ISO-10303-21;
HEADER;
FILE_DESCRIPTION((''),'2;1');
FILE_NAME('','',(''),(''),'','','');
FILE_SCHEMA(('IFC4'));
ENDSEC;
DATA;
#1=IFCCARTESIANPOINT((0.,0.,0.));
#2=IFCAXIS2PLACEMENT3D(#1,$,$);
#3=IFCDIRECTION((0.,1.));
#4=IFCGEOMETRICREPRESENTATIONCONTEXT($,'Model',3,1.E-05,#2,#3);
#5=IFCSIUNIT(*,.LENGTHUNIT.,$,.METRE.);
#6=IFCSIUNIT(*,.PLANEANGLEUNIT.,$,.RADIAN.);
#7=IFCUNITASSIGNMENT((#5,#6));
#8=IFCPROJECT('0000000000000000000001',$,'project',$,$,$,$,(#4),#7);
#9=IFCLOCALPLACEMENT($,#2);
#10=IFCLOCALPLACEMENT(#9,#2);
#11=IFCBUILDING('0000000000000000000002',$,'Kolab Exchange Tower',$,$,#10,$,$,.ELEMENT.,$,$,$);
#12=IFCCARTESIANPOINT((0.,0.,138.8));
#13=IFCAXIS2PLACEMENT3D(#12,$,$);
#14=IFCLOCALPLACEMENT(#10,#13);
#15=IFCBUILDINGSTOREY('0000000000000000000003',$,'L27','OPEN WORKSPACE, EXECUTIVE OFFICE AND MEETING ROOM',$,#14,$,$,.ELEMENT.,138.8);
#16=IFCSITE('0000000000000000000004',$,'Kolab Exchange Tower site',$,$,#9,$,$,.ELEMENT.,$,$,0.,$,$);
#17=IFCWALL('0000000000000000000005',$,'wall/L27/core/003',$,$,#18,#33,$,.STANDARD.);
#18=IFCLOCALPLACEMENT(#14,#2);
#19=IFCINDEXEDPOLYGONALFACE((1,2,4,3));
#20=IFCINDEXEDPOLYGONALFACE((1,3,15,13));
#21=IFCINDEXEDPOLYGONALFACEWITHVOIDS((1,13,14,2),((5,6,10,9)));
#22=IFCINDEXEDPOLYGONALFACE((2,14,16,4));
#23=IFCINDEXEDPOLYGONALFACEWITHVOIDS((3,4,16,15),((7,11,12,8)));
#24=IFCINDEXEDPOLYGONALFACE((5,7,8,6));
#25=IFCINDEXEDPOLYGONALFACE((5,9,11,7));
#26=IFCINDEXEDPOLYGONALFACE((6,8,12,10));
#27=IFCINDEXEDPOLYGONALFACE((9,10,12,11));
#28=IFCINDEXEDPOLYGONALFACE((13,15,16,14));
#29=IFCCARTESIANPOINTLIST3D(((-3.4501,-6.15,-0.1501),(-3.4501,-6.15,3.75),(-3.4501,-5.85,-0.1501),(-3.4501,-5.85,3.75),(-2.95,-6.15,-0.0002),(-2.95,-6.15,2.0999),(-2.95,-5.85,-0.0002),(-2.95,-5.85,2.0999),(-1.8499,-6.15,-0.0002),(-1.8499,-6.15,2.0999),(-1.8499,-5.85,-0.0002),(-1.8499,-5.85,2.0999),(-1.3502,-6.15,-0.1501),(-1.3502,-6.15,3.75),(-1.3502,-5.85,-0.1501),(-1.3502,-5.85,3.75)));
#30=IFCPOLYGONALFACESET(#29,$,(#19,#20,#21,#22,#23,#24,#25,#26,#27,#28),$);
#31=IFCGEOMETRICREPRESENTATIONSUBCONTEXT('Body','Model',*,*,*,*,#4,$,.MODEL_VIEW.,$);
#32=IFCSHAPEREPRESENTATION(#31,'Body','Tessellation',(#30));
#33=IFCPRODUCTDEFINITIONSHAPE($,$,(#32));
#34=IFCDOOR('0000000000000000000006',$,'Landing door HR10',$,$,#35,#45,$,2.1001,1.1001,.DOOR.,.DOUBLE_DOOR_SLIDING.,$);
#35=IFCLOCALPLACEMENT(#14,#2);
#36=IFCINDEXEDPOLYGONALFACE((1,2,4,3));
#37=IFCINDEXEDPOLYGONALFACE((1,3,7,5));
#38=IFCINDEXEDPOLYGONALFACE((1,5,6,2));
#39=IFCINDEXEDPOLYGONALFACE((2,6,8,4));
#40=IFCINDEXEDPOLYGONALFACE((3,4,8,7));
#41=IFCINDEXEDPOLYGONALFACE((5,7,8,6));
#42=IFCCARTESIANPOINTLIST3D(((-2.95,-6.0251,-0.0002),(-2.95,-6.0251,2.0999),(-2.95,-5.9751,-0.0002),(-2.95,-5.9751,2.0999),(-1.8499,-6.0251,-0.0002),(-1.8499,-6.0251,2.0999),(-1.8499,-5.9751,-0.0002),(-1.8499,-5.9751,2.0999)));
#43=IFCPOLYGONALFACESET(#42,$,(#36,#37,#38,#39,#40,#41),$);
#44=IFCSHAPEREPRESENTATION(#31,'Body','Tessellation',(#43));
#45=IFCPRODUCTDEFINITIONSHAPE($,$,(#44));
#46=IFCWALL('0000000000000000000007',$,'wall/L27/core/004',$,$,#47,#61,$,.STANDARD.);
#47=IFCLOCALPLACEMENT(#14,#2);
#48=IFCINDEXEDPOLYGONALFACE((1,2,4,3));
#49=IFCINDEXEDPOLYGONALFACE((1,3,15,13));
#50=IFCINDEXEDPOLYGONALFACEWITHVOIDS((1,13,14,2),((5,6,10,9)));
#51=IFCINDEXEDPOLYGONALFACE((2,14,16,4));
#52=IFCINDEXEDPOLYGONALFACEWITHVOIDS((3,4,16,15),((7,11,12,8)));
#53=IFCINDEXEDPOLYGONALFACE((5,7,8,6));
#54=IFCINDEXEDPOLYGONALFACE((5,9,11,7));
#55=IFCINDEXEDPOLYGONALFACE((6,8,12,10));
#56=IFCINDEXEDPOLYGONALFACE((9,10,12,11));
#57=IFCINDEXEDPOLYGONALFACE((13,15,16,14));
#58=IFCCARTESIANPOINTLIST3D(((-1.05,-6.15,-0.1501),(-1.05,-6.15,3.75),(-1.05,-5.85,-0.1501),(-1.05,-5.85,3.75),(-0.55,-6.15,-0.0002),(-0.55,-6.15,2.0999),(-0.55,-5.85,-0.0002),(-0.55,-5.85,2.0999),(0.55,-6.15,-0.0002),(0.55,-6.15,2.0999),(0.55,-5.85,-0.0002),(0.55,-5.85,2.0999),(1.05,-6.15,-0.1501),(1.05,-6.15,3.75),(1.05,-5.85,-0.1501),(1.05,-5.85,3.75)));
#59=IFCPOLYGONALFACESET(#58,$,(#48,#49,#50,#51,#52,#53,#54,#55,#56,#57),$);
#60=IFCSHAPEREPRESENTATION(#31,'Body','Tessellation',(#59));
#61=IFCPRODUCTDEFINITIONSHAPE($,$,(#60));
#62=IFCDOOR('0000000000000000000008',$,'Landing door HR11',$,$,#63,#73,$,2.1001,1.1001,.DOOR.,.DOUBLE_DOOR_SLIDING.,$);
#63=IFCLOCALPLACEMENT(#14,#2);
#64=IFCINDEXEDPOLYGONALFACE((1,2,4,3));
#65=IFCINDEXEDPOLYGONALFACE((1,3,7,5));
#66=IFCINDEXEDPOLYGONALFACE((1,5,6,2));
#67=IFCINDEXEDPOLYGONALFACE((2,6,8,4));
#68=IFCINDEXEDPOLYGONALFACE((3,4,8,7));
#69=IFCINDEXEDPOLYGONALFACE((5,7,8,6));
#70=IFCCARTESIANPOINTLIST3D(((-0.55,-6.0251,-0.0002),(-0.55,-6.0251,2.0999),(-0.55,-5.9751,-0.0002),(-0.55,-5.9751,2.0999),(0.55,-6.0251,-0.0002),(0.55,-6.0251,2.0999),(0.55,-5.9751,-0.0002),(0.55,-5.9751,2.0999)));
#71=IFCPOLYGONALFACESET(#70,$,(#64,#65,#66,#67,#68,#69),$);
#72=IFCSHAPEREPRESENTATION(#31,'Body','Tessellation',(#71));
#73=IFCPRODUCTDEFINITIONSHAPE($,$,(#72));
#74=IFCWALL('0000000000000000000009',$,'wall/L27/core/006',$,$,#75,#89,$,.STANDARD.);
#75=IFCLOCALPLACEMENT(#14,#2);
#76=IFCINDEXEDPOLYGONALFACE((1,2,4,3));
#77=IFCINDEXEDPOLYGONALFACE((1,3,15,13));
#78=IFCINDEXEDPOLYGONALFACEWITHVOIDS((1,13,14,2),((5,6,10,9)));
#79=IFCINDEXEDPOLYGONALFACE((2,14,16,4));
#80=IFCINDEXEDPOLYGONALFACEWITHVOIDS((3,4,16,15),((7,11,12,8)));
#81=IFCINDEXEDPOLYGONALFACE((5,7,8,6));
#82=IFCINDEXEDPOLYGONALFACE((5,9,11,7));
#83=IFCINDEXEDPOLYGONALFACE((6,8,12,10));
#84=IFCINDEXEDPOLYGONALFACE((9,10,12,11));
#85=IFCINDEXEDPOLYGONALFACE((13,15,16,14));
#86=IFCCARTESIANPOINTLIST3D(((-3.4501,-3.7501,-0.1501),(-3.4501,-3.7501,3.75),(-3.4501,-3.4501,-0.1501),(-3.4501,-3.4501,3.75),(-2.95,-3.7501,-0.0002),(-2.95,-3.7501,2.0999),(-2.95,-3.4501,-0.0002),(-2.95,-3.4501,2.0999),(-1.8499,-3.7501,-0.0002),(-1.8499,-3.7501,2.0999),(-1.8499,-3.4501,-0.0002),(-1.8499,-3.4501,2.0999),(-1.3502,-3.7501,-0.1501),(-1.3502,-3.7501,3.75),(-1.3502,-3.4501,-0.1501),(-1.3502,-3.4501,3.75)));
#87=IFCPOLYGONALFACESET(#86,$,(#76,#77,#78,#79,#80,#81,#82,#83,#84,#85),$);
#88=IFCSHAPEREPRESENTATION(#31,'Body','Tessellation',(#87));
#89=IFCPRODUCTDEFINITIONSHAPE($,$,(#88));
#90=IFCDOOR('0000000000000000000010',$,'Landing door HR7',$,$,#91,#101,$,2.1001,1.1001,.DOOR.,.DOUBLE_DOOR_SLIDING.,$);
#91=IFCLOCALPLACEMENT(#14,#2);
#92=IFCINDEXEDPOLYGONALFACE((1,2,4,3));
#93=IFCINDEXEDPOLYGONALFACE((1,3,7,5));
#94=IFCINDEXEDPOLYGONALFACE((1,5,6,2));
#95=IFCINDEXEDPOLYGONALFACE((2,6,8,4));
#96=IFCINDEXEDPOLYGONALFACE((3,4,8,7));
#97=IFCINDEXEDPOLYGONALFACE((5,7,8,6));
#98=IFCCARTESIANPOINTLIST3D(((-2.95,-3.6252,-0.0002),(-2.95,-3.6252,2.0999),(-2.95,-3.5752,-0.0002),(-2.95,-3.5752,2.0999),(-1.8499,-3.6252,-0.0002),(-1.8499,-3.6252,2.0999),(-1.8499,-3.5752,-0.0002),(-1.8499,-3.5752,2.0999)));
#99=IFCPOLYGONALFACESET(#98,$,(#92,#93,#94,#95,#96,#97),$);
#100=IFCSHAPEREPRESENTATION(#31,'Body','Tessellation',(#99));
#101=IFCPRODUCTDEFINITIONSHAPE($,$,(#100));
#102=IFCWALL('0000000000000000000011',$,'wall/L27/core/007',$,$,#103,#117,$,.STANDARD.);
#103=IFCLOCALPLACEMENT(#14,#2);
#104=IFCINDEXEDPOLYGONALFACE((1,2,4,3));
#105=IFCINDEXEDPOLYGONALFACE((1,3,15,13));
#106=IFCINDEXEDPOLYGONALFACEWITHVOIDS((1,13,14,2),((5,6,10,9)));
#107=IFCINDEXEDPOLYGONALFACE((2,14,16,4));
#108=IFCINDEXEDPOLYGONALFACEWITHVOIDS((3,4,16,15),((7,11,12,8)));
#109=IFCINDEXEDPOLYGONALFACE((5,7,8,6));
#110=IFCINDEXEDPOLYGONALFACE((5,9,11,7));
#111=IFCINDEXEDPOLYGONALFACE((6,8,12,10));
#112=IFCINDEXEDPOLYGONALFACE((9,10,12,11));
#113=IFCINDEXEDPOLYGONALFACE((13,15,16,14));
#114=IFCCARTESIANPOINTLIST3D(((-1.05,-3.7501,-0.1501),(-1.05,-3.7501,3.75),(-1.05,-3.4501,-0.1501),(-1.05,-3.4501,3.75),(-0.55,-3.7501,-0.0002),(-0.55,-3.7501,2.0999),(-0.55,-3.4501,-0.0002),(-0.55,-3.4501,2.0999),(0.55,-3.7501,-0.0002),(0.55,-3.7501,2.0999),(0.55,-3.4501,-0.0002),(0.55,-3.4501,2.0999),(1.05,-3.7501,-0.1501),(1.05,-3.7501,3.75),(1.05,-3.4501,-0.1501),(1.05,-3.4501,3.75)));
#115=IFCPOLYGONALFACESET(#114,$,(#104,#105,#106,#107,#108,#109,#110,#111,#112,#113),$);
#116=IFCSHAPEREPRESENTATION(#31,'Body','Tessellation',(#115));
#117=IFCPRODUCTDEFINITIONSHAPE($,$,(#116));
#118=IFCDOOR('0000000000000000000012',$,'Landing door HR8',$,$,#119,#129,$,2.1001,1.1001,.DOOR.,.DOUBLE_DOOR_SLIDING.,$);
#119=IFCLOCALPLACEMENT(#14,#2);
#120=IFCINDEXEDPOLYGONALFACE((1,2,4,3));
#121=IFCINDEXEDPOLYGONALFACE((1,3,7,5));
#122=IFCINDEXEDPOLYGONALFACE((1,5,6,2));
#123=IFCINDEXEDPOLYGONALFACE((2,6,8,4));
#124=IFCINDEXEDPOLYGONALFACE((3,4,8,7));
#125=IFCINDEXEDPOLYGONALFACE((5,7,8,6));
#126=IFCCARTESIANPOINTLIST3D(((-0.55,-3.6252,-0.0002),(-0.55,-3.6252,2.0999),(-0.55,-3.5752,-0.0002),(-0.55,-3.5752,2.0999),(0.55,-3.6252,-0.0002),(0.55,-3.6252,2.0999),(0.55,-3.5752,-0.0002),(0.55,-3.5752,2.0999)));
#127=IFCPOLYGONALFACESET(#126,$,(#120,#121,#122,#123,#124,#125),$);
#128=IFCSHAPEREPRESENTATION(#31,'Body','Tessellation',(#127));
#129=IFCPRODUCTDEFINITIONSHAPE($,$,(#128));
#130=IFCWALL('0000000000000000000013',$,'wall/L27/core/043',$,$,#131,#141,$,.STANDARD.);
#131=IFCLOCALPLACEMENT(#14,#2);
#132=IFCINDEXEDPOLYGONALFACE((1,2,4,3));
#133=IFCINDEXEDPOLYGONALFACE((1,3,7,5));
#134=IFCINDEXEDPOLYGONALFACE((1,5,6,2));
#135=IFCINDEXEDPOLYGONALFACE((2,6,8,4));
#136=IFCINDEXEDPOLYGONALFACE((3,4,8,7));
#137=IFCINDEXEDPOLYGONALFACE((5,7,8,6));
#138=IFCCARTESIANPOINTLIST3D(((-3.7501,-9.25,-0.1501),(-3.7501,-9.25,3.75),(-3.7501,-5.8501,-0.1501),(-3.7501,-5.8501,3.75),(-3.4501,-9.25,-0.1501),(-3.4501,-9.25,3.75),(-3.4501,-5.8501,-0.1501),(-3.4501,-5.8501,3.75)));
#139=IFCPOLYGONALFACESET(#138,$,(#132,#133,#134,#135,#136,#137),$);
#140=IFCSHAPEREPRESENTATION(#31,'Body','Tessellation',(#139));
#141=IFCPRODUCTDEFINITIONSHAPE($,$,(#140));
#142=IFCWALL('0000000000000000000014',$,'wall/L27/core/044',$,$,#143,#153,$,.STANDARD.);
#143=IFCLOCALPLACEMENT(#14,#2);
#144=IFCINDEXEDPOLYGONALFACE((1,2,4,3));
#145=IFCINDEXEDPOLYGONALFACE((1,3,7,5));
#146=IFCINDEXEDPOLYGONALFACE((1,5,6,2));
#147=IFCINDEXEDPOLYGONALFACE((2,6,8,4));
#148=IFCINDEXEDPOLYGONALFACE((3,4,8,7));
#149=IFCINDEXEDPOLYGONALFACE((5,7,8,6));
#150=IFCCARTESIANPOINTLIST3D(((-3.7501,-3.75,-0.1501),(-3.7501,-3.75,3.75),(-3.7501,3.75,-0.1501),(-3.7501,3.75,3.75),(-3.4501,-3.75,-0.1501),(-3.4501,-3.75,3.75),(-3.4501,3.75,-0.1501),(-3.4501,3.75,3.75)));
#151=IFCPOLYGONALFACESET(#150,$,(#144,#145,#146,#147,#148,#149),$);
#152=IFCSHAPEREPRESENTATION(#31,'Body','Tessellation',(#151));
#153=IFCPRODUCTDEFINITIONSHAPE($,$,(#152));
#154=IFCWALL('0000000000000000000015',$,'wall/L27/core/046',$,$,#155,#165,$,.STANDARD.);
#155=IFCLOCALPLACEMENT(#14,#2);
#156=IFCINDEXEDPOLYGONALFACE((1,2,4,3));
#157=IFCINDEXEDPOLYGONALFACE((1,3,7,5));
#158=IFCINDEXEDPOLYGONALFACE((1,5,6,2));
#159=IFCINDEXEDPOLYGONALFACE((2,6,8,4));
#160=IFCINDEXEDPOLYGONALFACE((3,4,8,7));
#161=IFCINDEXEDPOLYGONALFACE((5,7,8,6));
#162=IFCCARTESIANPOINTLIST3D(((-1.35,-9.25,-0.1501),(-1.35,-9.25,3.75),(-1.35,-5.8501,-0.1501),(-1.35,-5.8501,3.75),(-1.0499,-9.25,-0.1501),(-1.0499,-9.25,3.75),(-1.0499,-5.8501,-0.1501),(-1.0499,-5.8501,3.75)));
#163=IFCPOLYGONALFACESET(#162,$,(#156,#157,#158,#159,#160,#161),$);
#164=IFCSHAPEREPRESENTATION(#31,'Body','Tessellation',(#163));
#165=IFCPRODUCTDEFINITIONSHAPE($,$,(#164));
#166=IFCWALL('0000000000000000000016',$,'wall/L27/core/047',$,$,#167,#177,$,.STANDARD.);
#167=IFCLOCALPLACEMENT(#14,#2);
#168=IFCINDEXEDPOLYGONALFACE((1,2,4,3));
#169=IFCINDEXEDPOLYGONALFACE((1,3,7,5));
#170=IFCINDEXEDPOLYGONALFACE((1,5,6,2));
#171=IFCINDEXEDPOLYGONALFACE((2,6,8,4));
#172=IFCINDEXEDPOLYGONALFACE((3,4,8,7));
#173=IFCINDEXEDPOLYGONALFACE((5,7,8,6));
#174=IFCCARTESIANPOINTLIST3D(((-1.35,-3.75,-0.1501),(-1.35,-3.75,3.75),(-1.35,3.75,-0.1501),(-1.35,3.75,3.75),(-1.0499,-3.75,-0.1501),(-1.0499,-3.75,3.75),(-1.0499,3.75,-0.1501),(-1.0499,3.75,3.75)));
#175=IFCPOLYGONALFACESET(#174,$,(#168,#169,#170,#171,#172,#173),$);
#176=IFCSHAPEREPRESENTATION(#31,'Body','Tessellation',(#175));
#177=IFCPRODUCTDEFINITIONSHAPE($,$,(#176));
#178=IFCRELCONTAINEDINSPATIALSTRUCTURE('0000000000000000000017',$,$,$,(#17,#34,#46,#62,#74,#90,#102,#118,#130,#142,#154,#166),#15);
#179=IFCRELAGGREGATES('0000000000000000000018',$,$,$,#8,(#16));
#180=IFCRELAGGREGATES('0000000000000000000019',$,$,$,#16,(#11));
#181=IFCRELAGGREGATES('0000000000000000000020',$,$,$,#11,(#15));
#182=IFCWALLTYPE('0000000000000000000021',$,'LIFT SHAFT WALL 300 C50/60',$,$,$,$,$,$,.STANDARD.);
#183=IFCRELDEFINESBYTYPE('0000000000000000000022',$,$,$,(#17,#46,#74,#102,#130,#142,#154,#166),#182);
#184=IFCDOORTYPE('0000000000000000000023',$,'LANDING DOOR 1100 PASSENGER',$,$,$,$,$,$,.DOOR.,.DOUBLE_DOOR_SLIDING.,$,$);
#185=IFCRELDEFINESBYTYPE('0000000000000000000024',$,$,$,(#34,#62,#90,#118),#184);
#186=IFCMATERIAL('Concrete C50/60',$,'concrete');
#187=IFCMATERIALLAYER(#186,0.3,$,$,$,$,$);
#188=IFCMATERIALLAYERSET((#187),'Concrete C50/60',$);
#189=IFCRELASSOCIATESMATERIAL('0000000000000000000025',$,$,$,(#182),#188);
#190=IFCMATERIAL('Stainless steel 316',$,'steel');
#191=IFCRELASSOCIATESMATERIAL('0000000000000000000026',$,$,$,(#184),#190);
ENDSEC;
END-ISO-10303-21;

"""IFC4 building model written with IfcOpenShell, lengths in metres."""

from ifc_helpers import new_model, si_unit, direction, frame, frame_2d, origin, place, context, subcontext, project, spatial, rectangle, extrude, material, layer, layer_set, type_object, element, fill, save


model = new_model("IFC4")

# Units and contexts
model_context = context("Model", 3, precision=1e-05, world=origin(), true_north=direction((0.0, 1.0)))
body_context = subcontext(model_context, "Body", "Model", "MODEL_VIEW")
ifc_project = project(units=[si_unit("LENGTHUNIT", "METRE"), si_unit("PLANEANGLEUNIT", "RADIAN")], contexts=[model_context])

# Site, building, storey
site_placement = place(None, origin())
site = spatial("IfcSite", under=ifc_project, at=site_placement, Name="Kolab Exchange Tower site", CompositionType="ELEMENT", RefElevation=0.0)
building_placement = place(site_placement, origin())
building = spatial("IfcBuilding", under=site, at=building_placement, Name="Kolab Exchange Tower", CompositionType="ELEMENT")
storey_placement = place(building_placement, frame((0.0, 0.0, 138.8)))
storey = spatial("IfcBuildingStorey", under=building, at=storey_placement, Name="L27", Description="OPEN WORKSPACE, EXECUTIVE OFFICE AND MEETING ROOM", CompositionType="ELEMENT", Elevation=138.8)

# Walls, openings, doors
ifc_material_1 = material(Name="Concrete C50/60", Category="concrete")
ifc_layer_1 = layer(ifc_material_1, 0.3)
ifc_layer_set_1 = layer_set([ifc_layer_1], Name="Concrete C50/60")
wall_type_1 = type_object("IfcWallType", Name="LIFT SHAFT WALL 300 C50/60", PredefinedType="STANDARD", material=ifc_layer_set_1)
wall_1_placement = place(storey_placement, frame((-3.45, -6.0, -0.1501), z_axis=(0.0, 0.0, 1.0), x_axis=(1.0, 0.0, 0.0)))
wall_1 = element("IfcWall", 1, at=wall_1_placement, inside=storey, type_object=wall_type_1, Name="wall/L27/core/003", PredefinedType="STANDARD", context=body_context, shape_type="SweptSolid", body=[
    extrude(rectangle(XDim=2.0999, YDim=0.3, at=frame_2d((1.0498, 0.0))), origin(), (0.0, 0.0, 1.0), 3.9001),
])
opening_1_placement = place(wall_1_placement, frame((0.5, 0.0, 0.1499)))
opening_1 = element("IfcOpeningElement", 2, at=opening_1_placement, cuts=wall_1, PredefinedType="OPENING", context=body_context, shape_type="SweptSolid", body=[
    extrude(rectangle(XDim=1.1001, YDim=2.1001, at=frame_2d((0.55, 1.05))), frame((0.0, 0.1602, 0.0), z_axis=(0.0, -1.0, 0.0), x_axis=(1.0, 0.0, 0.0)), (0.0, 0.0, 1.0), 0.3201),
])
ifc_material_2 = material(Name="Stainless steel 316", Category="steel")
door_type_1 = type_object("IfcDoorType", Name="LANDING DOOR 1100 PASSENGER", OperationType="DOUBLE_DOOR_SLIDING", PredefinedType="DOOR", material=ifc_material_2)
door_1_placement = place(opening_1_placement, origin())
door_1 = element("IfcDoor", 3, at=door_1_placement, inside=storey, type_object=door_type_1, Name="Landing door HR10", OperationType="DOUBLE_DOOR_SLIDING", OverallHeight=2.1001, OverallWidth=1.1001, PredefinedType="DOOR", context=body_context, shape_type="SweptSolid", body=[
    extrude(rectangle(XDim=1.1001, YDim=2.1001, at=frame_2d((0.55, 1.05))), frame((0.0, 0.0249, 0.0), z_axis=(0.0, -1.0, 0.0), x_axis=(1.0, 0.0, 0.0)), (0.0, 0.0, 1.0), 0.05),
])
fill(opening_1, door_1)
wall_2_placement = place(storey_placement, frame((-1.05, -6.0, -0.1501), z_axis=(0.0, 0.0, 1.0), x_axis=(1.0, 0.0, 0.0)))
wall_2 = element("IfcWall", 4, at=wall_2_placement, inside=storey, type_object=wall_type_1, Name="wall/L27/core/004", PredefinedType="STANDARD", context=body_context, shape_type="SweptSolid", body=[
    extrude(rectangle(XDim=2.1001, YDim=0.3, at=frame_2d((1.05, 0.0))), origin(), (0.0, 0.0, 1.0), 3.9001),
])
opening_2_placement = place(wall_2_placement, frame((0.5, 0.0, 0.1499)))
opening_2 = element("IfcOpeningElement", 5, at=opening_2_placement, cuts=wall_2, PredefinedType="OPENING", context=body_context, shape_type="SweptSolid", body=[
    extrude(rectangle(XDim=1.1001, YDim=2.1001, at=frame_2d((0.55, 1.05))), frame((0.0, 0.1602, 0.0), z_axis=(0.0, -1.0, 0.0), x_axis=(1.0, 0.0, 0.0)), (0.0, 0.0, 1.0), 0.3201),
])
door_2_placement = place(opening_2_placement, origin())
door_2 = element("IfcDoor", 6, at=door_2_placement, inside=storey, type_object=door_type_1, Name="Landing door HR11", OperationType="DOUBLE_DOOR_SLIDING", OverallHeight=2.1001, OverallWidth=1.1001, PredefinedType="DOOR", context=body_context, shape_type="SweptSolid", body=[
    extrude(rectangle(XDim=1.1001, YDim=2.1001, at=frame_2d((0.55, 1.05))), frame((0.0, 0.0249, 0.0), z_axis=(0.0, -1.0, 0.0), x_axis=(1.0, 0.0, 0.0)), (0.0, 0.0, 1.0), 0.05),
])
fill(opening_2, door_2)
wall_3_placement = place(storey_placement, frame((-3.45, -3.6001, -0.1501), z_axis=(0.0, 0.0, 1.0), x_axis=(1.0, 0.0, 0.0)))
wall_3 = element("IfcWall", 7, at=wall_3_placement, inside=storey, type_object=wall_type_1, Name="wall/L27/core/006", PredefinedType="STANDARD", context=body_context, shape_type="SweptSolid", body=[
    extrude(rectangle(XDim=2.0999, YDim=0.3, at=frame_2d((1.0498, 0.0))), origin(), (0.0, 0.0, 1.0), 3.9001),
])
opening_3_placement = place(wall_3_placement, frame((0.5, 0.0, 0.1499)))
opening_3 = element("IfcOpeningElement", 8, at=opening_3_placement, cuts=wall_3, PredefinedType="OPENING", context=body_context, shape_type="SweptSolid", body=[
    extrude(rectangle(XDim=1.1001, YDim=2.1001, at=frame_2d((0.55, 1.05))), frame((0.0, 0.1602, 0.0), z_axis=(0.0, -1.0, 0.0), x_axis=(1.0, 0.0, 0.0)), (0.0, 0.0, 1.0), 0.3201),
])
door_3_placement = place(opening_3_placement, origin())
door_3 = element("IfcDoor", 9, at=door_3_placement, inside=storey, type_object=door_type_1, Name="Landing door HR7", OperationType="DOUBLE_DOOR_SLIDING", OverallHeight=2.1001, OverallWidth=1.1001, PredefinedType="DOOR", context=body_context, shape_type="SweptSolid", body=[
    extrude(rectangle(XDim=1.1001, YDim=2.1001, at=frame_2d((0.55, 1.05))), frame((0.0, 0.0249, 0.0), z_axis=(0.0, -1.0, 0.0), x_axis=(1.0, 0.0, 0.0)), (0.0, 0.0, 1.0), 0.05),
])
fill(opening_3, door_3)
wall_4_placement = place(storey_placement, frame((-1.05, -3.6001, -0.1501), z_axis=(0.0, 0.0, 1.0), x_axis=(1.0, 0.0, 0.0)))
wall_4 = element("IfcWall", 10, at=wall_4_placement, inside=storey, type_object=wall_type_1, Name="wall/L27/core/007", PredefinedType="STANDARD", context=body_context, shape_type="SweptSolid", body=[
    extrude(rectangle(XDim=2.1001, YDim=0.3, at=frame_2d((1.05, 0.0))), origin(), (0.0, 0.0, 1.0), 3.9001),
])
opening_4_placement = place(wall_4_placement, frame((0.5, 0.0, 0.1499)))
opening_4 = element("IfcOpeningElement", 11, at=opening_4_placement, cuts=wall_4, PredefinedType="OPENING", context=body_context, shape_type="SweptSolid", body=[
    extrude(rectangle(XDim=1.1001, YDim=2.1001, at=frame_2d((0.55, 1.05))), frame((0.0, 0.1602, 0.0), z_axis=(0.0, -1.0, 0.0), x_axis=(1.0, 0.0, 0.0)), (0.0, 0.0, 1.0), 0.3201),
])
door_4_placement = place(opening_4_placement, origin())
door_4 = element("IfcDoor", 12, at=door_4_placement, inside=storey, type_object=door_type_1, Name="Landing door HR8", OperationType="DOUBLE_DOOR_SLIDING", OverallHeight=2.1001, OverallWidth=1.1001, PredefinedType="DOOR", context=body_context, shape_type="SweptSolid", body=[
    extrude(rectangle(XDim=1.1001, YDim=2.1001, at=frame_2d((0.55, 1.05))), frame((0.0, 0.0249, 0.0), z_axis=(0.0, -1.0, 0.0), x_axis=(1.0, 0.0, 0.0)), (0.0, 0.0, 1.0), 0.05),
])
fill(opening_4, door_4)

# Walls
wall_5_placement = place(storey_placement, frame((-3.6001, -9.25, -0.1501), z_axis=(0.0, 0.0, 1.0), x_axis=(0.0, 1.0, 0.0)))
element("IfcWall", 13, at=wall_5_placement, inside=storey, type_object=wall_type_1, Name="wall/L27/core/043", PredefinedType="STANDARD", context=body_context, shape_type="SweptSolid", body=[
    extrude(rectangle(XDim=3.3999, YDim=0.3, at=frame_2d((1.7, 0.0))), origin(), (0.0, 0.0, 1.0), 3.9001),
])
wall_6_placement = place(storey_placement, frame((-3.6001, -3.75, -0.1501), z_axis=(0.0, 0.0, 1.0), x_axis=(0.0, 1.0, 0.0)))
element("IfcWall", 14, at=wall_6_placement, inside=storey, type_object=wall_type_1, Name="wall/L27/core/044", PredefinedType="STANDARD", context=body_context, shape_type="SweptSolid", body=[
    extrude(rectangle(XDim=7.5, YDim=0.3, at=frame_2d((3.75, 0.0))), origin(), (0.0, 0.0, 1.0), 3.9001),
])
wall_7_placement = place(storey_placement, frame((-1.2, -9.25, -0.1501), z_axis=(0.0, 0.0, 1.0), x_axis=(0.0, 1.0, 0.0)))
element("IfcWall", 15, at=wall_7_placement, inside=storey, type_object=wall_type_1, Name="wall/L27/core/046", PredefinedType="STANDARD", context=body_context, shape_type="SweptSolid", body=[
    extrude(rectangle(XDim=3.3999, YDim=0.3, at=frame_2d((1.7, 0.0))), origin(), (0.0, 0.0, 1.0), 3.9001),
])
wall_8_placement = place(storey_placement, frame((-1.2, -3.75, -0.1501), z_axis=(0.0, 0.0, 1.0), x_axis=(0.0, 1.0, 0.0)))
element("IfcWall", 16, at=wall_8_placement, inside=storey, type_object=wall_type_1, Name="wall/L27/core/047", PredefinedType="STANDARD", context=body_context, shape_type="SweptSolid", body=[
    extrude(rectangle(XDim=7.5, YDim=0.3, at=frame_2d((3.75, 0.0))), origin(), (0.0, 0.0, 1.0), 3.9001),
])

save(model, "model.ifc")
